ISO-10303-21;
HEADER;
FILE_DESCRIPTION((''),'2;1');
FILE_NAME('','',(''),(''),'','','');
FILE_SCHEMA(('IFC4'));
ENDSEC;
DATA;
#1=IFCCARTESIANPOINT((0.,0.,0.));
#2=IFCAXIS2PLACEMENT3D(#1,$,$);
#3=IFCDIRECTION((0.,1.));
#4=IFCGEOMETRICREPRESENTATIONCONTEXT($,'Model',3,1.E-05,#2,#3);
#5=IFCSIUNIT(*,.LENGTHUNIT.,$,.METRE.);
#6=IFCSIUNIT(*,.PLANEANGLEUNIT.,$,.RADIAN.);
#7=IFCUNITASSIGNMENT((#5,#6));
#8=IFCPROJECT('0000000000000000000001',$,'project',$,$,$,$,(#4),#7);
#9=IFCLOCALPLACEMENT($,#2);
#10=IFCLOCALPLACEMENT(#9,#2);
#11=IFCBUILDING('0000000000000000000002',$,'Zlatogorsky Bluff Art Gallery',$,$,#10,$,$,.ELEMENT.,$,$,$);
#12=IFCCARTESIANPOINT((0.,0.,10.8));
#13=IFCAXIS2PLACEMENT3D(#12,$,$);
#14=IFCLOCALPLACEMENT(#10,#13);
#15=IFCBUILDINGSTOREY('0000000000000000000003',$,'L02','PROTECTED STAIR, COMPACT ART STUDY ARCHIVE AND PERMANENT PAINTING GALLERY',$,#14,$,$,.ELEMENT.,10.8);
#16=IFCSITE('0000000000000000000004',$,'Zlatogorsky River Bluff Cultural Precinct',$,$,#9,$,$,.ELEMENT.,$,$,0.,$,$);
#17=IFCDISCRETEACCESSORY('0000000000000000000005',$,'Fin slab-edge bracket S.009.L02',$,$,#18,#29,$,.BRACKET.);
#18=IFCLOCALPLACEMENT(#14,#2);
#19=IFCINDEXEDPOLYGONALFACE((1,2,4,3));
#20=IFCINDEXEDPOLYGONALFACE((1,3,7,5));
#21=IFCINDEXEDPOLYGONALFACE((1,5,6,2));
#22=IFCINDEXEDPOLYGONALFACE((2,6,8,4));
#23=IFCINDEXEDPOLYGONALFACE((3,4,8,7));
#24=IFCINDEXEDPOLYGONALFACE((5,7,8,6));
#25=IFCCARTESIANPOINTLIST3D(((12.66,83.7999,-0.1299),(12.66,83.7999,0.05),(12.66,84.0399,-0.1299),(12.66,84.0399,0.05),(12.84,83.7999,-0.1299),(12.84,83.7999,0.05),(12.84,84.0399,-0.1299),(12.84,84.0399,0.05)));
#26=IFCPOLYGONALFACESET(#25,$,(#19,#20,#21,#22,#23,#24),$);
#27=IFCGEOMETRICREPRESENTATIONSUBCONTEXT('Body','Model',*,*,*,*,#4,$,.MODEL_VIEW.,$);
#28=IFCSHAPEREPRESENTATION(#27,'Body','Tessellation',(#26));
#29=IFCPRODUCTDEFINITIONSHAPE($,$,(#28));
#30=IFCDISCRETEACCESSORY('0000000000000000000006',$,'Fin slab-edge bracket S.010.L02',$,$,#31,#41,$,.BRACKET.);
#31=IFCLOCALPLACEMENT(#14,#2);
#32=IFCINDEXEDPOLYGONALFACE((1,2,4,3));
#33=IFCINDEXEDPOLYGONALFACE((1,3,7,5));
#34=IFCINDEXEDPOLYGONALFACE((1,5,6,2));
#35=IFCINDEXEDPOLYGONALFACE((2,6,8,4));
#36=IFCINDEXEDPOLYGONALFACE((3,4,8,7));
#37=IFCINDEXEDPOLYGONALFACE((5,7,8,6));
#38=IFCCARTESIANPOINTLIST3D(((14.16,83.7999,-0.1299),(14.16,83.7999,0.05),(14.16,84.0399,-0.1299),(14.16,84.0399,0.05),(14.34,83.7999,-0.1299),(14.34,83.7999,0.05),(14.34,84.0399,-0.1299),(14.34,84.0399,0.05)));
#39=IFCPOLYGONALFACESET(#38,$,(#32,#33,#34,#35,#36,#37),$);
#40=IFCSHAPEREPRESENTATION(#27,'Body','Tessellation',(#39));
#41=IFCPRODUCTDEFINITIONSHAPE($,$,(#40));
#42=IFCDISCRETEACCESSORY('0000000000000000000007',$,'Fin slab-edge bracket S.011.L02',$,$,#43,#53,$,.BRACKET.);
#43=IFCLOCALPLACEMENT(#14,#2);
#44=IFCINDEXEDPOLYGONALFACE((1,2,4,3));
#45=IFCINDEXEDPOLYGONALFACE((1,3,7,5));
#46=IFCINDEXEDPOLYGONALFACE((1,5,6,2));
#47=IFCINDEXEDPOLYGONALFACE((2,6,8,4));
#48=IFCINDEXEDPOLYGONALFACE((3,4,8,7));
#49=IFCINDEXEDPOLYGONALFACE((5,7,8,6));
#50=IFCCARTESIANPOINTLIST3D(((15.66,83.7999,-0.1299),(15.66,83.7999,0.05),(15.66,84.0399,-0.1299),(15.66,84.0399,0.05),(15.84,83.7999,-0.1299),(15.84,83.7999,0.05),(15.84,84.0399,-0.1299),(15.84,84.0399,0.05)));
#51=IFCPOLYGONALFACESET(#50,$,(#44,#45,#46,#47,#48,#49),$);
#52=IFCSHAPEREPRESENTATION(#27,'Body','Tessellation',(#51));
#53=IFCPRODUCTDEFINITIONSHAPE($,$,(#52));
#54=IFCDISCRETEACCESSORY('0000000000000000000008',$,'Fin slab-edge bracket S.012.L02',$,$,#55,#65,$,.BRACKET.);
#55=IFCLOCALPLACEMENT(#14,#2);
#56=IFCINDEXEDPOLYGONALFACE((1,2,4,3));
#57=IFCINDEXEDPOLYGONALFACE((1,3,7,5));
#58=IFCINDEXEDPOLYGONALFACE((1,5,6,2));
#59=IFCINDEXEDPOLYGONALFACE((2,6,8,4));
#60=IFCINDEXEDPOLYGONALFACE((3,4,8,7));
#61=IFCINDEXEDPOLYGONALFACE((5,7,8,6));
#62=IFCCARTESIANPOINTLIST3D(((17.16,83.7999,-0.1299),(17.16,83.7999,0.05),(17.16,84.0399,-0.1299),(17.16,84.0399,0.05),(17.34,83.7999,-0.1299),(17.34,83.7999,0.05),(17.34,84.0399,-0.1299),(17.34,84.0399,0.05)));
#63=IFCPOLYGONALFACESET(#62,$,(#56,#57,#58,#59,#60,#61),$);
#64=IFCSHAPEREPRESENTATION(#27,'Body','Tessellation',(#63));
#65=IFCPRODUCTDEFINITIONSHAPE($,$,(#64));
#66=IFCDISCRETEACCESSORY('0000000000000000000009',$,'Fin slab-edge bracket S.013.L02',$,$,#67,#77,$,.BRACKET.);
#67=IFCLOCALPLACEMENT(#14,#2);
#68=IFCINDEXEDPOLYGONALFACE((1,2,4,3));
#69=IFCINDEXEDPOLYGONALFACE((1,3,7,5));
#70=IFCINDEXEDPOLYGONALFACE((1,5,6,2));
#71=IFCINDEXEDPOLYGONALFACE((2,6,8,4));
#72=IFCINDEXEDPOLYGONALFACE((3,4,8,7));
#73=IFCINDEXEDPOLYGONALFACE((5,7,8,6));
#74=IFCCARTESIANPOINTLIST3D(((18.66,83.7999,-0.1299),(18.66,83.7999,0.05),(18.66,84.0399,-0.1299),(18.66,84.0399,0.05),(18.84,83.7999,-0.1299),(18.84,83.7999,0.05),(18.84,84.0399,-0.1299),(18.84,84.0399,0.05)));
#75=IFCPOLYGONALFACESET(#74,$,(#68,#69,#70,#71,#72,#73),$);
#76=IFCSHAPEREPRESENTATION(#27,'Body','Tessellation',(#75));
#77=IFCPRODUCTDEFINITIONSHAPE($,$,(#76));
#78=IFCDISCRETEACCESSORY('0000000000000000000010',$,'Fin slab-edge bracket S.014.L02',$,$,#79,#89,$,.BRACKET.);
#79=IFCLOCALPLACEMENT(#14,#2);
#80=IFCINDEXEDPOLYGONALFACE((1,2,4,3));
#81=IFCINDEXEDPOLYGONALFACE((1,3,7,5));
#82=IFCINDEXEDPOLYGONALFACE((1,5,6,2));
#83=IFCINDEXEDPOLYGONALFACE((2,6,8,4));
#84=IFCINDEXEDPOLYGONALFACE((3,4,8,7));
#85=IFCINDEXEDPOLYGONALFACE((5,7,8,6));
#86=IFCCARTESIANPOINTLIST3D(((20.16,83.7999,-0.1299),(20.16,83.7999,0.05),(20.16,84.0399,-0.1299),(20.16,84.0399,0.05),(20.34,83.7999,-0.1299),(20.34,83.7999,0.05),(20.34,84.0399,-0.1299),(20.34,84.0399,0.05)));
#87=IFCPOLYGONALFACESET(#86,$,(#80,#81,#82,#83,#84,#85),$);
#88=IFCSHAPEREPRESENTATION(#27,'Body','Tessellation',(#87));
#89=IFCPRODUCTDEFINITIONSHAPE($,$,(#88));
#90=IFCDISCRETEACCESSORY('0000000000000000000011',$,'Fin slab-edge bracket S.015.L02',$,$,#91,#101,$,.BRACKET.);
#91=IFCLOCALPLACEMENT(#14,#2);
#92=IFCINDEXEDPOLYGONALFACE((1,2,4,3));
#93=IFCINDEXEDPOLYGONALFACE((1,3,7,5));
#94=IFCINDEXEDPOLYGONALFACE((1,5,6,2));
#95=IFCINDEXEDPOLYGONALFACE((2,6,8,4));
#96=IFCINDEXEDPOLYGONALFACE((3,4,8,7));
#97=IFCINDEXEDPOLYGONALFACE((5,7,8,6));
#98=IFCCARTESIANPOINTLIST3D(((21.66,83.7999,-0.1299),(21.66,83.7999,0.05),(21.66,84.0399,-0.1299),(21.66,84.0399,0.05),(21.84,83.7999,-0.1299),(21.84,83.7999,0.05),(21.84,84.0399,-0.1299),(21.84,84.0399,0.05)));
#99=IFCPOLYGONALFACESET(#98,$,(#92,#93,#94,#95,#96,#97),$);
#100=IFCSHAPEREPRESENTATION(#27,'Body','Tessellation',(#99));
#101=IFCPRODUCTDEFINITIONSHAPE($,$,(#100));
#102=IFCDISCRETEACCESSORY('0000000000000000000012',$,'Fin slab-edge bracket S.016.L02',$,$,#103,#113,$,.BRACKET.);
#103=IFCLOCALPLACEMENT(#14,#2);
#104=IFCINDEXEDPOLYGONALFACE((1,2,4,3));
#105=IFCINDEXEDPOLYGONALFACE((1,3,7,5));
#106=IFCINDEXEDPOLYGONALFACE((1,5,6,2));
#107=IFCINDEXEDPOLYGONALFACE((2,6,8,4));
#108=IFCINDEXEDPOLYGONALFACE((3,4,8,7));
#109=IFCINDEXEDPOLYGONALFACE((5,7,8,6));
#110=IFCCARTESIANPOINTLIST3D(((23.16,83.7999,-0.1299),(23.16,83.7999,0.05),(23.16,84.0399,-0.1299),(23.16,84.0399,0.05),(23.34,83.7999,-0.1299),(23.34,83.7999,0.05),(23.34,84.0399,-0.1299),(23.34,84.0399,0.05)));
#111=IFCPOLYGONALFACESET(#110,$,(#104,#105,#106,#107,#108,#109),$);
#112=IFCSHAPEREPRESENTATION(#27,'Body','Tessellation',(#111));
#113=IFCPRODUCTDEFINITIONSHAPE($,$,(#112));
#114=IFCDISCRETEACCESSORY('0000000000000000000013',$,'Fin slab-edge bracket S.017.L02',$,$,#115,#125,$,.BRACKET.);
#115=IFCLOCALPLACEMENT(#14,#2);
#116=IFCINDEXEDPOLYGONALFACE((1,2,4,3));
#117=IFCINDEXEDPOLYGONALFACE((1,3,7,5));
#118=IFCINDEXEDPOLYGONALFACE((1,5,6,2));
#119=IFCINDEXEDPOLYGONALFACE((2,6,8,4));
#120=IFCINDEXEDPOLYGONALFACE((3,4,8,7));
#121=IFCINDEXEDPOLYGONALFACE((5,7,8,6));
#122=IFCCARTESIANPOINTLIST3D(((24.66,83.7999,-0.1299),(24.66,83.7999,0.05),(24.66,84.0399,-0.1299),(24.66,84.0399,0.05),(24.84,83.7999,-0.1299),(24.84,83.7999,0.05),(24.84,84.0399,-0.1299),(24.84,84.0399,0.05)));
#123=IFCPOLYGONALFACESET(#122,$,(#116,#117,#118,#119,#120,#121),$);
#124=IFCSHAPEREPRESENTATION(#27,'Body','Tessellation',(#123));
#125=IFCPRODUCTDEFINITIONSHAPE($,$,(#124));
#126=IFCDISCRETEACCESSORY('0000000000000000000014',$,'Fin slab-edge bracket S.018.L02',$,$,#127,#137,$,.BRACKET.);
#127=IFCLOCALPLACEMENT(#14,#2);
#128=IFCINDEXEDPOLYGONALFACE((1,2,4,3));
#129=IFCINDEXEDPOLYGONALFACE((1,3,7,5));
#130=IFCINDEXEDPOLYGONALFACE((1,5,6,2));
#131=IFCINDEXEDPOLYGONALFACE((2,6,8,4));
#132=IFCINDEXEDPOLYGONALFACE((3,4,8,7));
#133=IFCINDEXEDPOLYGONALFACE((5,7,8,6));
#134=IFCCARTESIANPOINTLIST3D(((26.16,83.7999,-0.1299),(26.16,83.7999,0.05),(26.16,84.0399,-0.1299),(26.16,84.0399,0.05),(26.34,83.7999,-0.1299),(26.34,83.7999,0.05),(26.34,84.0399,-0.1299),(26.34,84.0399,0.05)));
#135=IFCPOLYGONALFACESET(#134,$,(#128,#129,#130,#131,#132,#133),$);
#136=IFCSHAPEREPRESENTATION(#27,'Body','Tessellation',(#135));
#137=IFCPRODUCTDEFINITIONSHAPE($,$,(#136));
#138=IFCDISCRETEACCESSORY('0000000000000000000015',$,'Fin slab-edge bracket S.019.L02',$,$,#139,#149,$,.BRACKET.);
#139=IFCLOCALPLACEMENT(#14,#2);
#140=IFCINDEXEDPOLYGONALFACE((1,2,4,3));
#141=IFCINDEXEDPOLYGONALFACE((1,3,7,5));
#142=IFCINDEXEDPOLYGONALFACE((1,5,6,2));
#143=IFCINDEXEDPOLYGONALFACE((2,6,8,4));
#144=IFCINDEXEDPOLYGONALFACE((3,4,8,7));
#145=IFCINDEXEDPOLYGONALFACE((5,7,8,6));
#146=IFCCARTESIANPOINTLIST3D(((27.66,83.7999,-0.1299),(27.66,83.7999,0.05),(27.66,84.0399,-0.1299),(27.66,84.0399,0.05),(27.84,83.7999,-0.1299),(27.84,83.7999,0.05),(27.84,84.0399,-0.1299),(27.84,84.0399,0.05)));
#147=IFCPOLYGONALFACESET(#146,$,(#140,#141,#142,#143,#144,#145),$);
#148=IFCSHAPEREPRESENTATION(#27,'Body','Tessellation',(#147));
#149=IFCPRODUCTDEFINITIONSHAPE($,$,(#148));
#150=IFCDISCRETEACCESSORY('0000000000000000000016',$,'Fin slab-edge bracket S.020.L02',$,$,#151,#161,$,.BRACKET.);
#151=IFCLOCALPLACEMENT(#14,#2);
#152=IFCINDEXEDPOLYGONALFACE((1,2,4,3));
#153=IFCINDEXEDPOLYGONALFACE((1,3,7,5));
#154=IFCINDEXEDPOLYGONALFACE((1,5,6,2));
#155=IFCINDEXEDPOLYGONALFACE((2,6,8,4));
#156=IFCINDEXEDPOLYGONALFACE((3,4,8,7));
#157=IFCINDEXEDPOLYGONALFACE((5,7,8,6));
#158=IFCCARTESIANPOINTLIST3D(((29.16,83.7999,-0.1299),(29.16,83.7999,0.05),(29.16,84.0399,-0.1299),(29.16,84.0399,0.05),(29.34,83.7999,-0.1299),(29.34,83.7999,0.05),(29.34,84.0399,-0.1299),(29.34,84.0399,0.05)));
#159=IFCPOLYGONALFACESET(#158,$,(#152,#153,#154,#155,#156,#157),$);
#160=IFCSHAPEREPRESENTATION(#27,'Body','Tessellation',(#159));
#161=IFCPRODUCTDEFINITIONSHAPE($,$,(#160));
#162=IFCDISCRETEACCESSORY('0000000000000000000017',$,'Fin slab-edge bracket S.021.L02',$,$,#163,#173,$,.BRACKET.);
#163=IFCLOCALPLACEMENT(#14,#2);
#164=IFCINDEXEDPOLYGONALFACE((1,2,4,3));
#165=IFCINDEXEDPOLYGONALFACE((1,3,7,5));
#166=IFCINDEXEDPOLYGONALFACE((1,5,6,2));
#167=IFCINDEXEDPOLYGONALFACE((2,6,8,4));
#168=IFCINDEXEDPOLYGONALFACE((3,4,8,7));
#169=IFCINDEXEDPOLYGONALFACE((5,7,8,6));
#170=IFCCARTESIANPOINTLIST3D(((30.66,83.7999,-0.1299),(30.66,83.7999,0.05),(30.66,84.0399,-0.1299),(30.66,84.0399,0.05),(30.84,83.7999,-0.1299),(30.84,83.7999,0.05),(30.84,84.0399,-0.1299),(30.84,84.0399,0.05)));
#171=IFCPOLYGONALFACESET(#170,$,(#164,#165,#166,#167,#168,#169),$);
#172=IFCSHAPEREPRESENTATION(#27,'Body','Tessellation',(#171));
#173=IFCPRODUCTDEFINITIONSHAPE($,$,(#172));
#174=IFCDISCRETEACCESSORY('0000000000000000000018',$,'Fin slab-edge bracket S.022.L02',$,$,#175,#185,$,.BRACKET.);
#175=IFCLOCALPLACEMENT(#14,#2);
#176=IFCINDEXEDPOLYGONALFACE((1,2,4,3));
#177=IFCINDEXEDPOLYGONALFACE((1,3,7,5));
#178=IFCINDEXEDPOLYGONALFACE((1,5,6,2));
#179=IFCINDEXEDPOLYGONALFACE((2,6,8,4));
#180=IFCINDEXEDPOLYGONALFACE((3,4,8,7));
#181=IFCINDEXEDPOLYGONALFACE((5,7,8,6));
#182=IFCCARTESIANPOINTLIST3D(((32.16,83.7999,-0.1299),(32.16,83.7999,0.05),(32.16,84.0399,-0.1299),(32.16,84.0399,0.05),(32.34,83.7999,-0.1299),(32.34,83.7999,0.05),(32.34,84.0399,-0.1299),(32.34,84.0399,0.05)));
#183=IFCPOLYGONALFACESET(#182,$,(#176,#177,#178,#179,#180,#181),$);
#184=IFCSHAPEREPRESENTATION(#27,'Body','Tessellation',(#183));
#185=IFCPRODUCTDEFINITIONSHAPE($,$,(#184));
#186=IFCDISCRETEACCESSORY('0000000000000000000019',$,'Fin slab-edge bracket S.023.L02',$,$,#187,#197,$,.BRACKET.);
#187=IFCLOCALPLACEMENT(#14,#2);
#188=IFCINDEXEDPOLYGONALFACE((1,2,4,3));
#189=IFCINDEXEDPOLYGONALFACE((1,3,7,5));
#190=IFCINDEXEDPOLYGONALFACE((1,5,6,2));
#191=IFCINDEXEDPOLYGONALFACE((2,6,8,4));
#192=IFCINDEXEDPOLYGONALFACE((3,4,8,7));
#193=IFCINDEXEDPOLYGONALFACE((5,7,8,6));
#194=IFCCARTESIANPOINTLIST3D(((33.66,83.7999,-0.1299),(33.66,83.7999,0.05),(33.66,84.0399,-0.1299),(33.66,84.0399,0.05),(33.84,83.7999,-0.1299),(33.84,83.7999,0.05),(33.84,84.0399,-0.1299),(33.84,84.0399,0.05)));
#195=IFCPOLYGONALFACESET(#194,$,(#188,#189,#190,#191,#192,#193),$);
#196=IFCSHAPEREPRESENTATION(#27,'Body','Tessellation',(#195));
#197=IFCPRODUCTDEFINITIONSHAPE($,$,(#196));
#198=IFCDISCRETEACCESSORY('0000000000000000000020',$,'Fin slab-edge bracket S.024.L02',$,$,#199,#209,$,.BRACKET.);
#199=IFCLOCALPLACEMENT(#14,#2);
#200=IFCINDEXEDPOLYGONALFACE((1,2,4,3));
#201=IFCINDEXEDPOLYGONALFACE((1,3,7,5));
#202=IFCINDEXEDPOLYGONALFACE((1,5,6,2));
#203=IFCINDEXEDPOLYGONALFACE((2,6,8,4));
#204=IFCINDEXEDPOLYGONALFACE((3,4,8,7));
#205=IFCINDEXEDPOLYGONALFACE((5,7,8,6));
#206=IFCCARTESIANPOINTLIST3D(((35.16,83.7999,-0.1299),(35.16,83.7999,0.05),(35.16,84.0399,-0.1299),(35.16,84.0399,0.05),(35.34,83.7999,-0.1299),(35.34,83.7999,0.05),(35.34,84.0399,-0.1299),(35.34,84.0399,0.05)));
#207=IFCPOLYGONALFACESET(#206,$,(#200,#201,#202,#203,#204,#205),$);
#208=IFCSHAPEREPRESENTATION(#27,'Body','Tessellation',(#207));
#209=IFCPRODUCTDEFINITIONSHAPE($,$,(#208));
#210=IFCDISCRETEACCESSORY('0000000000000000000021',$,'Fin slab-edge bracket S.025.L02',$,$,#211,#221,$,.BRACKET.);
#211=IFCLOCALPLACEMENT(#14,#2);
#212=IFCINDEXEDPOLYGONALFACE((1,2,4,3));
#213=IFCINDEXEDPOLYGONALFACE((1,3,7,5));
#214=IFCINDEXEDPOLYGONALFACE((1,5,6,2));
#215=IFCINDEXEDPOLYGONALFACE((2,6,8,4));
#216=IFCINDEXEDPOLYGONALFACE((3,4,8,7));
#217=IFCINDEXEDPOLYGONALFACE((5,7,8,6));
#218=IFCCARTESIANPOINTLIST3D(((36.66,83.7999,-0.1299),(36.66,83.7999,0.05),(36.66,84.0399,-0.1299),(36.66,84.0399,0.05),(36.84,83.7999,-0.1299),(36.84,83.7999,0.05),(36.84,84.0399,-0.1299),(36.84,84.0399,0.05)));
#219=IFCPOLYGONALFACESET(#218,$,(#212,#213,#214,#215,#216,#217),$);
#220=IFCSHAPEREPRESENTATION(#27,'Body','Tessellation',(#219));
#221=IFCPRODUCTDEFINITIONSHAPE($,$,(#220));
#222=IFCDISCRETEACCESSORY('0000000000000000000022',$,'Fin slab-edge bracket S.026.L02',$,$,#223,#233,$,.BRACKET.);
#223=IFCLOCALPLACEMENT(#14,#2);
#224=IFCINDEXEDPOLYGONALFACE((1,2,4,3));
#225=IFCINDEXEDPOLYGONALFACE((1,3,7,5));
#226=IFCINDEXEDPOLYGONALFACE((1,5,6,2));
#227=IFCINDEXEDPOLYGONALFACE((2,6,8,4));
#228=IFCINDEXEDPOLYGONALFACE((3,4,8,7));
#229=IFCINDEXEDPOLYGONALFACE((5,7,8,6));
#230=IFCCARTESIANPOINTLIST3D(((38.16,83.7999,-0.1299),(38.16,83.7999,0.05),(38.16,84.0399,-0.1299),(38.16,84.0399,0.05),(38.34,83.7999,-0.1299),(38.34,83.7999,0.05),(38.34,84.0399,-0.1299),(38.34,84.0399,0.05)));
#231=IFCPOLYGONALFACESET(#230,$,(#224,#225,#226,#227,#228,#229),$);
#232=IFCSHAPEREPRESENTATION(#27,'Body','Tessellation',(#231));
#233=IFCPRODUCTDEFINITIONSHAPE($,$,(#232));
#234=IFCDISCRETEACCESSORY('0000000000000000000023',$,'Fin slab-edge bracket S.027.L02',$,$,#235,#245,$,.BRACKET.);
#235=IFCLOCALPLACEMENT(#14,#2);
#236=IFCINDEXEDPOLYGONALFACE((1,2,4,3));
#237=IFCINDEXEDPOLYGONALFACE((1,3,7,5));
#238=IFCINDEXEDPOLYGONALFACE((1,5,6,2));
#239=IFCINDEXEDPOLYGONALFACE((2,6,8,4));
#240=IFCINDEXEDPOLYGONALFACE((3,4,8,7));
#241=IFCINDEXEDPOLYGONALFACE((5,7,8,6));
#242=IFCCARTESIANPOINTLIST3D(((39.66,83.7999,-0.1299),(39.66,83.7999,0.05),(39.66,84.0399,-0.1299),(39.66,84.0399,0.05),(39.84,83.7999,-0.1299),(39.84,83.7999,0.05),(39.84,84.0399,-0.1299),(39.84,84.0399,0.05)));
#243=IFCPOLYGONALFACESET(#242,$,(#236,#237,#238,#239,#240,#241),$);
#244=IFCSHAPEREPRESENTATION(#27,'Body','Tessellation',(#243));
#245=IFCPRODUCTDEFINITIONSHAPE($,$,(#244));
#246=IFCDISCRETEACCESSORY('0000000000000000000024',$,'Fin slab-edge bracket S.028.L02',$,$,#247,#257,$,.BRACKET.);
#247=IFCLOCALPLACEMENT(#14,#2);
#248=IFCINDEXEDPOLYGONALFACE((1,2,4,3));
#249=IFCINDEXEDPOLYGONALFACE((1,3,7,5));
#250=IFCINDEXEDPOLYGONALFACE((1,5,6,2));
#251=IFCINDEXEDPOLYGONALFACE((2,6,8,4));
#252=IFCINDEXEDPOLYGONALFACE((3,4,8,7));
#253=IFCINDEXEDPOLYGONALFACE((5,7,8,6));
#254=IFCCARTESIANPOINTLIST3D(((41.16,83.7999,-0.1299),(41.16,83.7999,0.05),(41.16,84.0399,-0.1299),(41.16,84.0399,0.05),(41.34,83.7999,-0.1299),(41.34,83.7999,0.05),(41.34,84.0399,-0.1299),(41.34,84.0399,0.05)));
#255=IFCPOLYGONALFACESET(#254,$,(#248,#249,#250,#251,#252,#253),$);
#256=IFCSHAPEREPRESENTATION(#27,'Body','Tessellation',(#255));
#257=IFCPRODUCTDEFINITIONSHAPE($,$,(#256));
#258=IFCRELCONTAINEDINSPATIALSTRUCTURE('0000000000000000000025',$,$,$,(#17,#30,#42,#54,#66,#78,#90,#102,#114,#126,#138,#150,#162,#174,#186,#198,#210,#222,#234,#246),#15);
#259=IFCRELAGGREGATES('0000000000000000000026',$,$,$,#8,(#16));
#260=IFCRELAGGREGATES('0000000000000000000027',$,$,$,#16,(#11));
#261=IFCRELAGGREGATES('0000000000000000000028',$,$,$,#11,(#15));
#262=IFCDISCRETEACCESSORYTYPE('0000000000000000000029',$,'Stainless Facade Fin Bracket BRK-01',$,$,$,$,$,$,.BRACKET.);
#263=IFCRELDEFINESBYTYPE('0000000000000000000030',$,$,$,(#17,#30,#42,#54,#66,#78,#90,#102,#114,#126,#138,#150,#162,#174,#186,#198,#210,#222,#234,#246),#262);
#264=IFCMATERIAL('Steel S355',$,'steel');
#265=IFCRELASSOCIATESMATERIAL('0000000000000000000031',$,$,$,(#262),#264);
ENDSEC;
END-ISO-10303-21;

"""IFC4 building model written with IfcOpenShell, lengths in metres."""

from ifc_helpers import new_model, si_unit, direction, frame, origin, origin_2d, place, context, subcontext, project, spatial, rectangle, extrude, material, type_object, element, save


model = new_model("IFC4")

# Units and contexts
model_context = context("Model", 3, precision=1e-05, world=origin(), true_north=direction((0.0, 1.0)))
body_context = subcontext(model_context, "Body", "Model", "MODEL_VIEW")
ifc_project = project(units=[si_unit("LENGTHUNIT", "METRE"), si_unit("PLANEANGLEUNIT", "RADIAN")], contexts=[model_context])

# Site, building, storey
site_placement = place(None, origin())
site = spatial("IfcSite", under=ifc_project, at=site_placement, Name="Zlatogorsky River Bluff Cultural Precinct", CompositionType="ELEMENT", RefElevation=0.0)
building_placement = place(site_placement, origin())
building = spatial("IfcBuilding", under=site, at=building_placement, Name="Zlatogorsky Bluff Art Gallery", CompositionType="ELEMENT")
storey_placement = place(building_placement, frame((0.0, 0.0, 10.8)))
storey = spatial("IfcBuildingStorey", under=building, at=storey_placement, Name="L02", Description="PROTECTED STAIR, COMPACT ART STUDY ARCHIVE AND PERMANENT PAINTING GALLERY", CompositionType="ELEMENT", Elevation=10.8)

# Discrete accessories
ifc_material = material(Name="Steel S355", Category="steel")
discrete_accessory_type = type_object("IfcDiscreteAccessoryType", Name="Stainless Facade Fin Bracket BRK-01", PredefinedType="BRACKET", material=ifc_material)
for number, where, z_axis, x_axis, name in (
    (1, (12.75, 83.9199, -0.1299), (0.0, 0.0, 1.0), (1.0, 0.0, 0.0), "Fin slab-edge bracket S.009.L02"),
    (2, (14.25, 83.9199, -0.1299), (0.0, 0.0, 1.0), (1.0, 0.0, 0.0), "Fin slab-edge bracket S.010.L02"),
    (3, (15.75, 83.9199, -0.1299), (0.0, 0.0, 1.0), (1.0, 0.0, 0.0), "Fin slab-edge bracket S.011.L02"),
    (4, (17.25, 83.9199, -0.1299), (0.0, 0.0, 1.0), (1.0, 0.0, 0.0), "Fin slab-edge bracket S.012.L02"),
    (5, (18.75, 83.9199, -0.1299), (0.0, 0.0, 1.0), (1.0, 0.0, 0.0), "Fin slab-edge bracket S.013.L02"),
    (6, (20.25, 83.9199, -0.1299), (0.0, 0.0, 1.0), (1.0, 0.0, 0.0), "Fin slab-edge bracket S.014.L02"),
    (7, (21.75, 83.9199, -0.1299), (0.0, 0.0, 1.0), (1.0, 0.0, 0.0), "Fin slab-edge bracket S.015.L02"),
    (8, (23.25, 83.9199, -0.1299), (0.0, 0.0, 1.0), (1.0, 0.0, 0.0), "Fin slab-edge bracket S.016.L02"),
    (9, (24.75, 83.9199, -0.1299), (0.0, 0.0, 1.0), (1.0, 0.0, 0.0), "Fin slab-edge bracket S.017.L02"),
    (10, (26.25, 83.9199, -0.1299), (0.0, 0.0, 1.0), (1.0, 0.0, 0.0), "Fin slab-edge bracket S.018.L02"),
    (11, (27.75, 83.9199, -0.1299), (0.0, 0.0, 1.0), (1.0, 0.0, 0.0), "Fin slab-edge bracket S.019.L02"),
    (12, (29.25, 83.9199, -0.1299), (0.0, 0.0, 1.0), (1.0, 0.0, 0.0), "Fin slab-edge bracket S.020.L02"),
    (13, (30.75, 83.9199, -0.1299), (0.0, 0.0, 1.0), (1.0, 0.0, 0.0), "Fin slab-edge bracket S.021.L02"),
    (14, (32.25, 83.9199, -0.1299), (0.0, 0.0, 1.0), (1.0, 0.0, 0.0), "Fin slab-edge bracket S.022.L02"),
    (15, (33.75, 83.9199, -0.1299), (0.0, 0.0, 1.0), (1.0, 0.0, 0.0), "Fin slab-edge bracket S.023.L02"),
    (16, (35.25, 83.9199, -0.1299), (0.0, 0.0, 1.0), (1.0, 0.0, 0.0), "Fin slab-edge bracket S.024.L02"),
    (17, (36.75, 83.9199, -0.1299), (0.0, 0.0, 1.0), (1.0, 0.0, 0.0), "Fin slab-edge bracket S.025.L02"),
    (18, (38.25, 83.9199, -0.1299), (0.0, 0.0, 1.0), (1.0, 0.0, 0.0), "Fin slab-edge bracket S.026.L02"),
    (19, (39.75, 83.9199, -0.1299), (0.0, 0.0, 1.0), (1.0, 0.0, 0.0), "Fin slab-edge bracket S.027.L02"),
    (20, (41.25, 83.9199, -0.1299), (0.0, 0.0, 1.0), (1.0, 0.0, 0.0), "Fin slab-edge bracket S.028.L02"),
):
    element("IfcDiscreteAccessory", number, at=place(storey_placement, frame(where, z_axis=z_axis, x_axis=x_axis)), inside=storey, type_object=discrete_accessory_type, Name=name, PredefinedType="BRACKET", context=body_context, shape_type="SweptSolid", body=[
        extrude(rectangle(XDim=0.1799, YDim=0.24, at=origin_2d()), origin(), (0.0, 0.0, 1.0), 0.1799),
    ])

save(model, "model.ifc")
